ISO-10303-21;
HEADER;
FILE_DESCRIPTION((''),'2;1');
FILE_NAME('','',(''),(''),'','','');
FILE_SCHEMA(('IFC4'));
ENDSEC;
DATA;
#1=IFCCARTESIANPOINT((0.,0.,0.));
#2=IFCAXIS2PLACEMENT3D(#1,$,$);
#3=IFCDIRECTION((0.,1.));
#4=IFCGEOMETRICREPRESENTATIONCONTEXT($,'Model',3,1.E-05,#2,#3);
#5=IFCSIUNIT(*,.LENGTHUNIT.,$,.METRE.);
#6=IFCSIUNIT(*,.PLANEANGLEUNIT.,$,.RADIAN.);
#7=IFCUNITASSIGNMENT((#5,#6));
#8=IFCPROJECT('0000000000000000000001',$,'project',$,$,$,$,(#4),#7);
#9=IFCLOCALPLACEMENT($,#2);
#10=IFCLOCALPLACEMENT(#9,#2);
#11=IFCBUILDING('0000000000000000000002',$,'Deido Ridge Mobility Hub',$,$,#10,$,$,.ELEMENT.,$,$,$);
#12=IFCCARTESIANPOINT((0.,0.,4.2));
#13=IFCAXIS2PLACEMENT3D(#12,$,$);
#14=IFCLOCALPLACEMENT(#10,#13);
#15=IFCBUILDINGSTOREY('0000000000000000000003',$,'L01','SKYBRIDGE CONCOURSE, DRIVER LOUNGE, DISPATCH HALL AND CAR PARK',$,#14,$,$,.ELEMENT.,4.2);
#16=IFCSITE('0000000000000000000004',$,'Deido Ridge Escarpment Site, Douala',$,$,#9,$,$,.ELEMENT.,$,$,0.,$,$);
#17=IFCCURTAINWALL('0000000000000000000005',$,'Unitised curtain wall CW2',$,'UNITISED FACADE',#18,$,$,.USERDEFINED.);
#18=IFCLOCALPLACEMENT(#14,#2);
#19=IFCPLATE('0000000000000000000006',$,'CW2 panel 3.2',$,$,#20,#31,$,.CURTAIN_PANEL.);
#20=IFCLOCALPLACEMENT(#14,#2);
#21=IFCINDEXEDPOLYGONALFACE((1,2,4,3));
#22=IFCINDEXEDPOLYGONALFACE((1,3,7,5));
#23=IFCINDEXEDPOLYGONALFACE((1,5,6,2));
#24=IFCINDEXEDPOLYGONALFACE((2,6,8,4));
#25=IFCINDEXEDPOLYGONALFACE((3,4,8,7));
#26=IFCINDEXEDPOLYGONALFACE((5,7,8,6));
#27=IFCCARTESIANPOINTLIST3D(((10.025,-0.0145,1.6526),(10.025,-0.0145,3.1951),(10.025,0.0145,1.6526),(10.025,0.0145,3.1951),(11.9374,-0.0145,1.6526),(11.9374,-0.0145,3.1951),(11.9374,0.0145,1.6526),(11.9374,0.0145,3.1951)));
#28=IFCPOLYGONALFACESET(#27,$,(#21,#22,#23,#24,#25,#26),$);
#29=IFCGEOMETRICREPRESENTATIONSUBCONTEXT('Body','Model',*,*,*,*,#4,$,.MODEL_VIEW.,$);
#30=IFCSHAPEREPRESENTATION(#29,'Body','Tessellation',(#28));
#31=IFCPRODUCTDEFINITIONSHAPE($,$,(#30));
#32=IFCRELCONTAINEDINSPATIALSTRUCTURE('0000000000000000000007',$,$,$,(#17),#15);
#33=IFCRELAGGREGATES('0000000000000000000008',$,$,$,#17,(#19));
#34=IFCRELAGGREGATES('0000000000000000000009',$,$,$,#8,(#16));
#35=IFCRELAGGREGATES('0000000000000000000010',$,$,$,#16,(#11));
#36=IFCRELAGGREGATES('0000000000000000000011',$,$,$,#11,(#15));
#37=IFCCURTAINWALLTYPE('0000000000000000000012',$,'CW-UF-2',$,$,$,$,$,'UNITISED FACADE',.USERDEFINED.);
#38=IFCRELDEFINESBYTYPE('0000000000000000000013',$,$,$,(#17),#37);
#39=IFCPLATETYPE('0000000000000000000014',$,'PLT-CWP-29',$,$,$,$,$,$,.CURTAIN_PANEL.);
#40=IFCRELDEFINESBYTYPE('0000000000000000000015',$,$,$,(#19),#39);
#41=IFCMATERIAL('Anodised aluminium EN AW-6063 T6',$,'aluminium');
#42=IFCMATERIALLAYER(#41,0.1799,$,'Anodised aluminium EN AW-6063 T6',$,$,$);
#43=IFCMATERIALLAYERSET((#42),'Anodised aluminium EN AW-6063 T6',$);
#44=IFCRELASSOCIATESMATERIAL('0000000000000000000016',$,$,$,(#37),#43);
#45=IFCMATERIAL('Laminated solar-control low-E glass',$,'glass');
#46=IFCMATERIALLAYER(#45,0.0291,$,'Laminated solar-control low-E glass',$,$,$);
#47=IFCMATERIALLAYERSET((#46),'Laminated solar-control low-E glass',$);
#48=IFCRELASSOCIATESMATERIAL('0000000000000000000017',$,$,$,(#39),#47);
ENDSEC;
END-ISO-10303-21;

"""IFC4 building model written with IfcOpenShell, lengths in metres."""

from ifc_helpers import new_model, si_unit, direction, frame, origin, origin_2d, place, context, subcontext, project, spatial, rectangle, extrude, material, layer, layer_set, type_object, element, aggregate, save


model = new_model("IFC4")

# Units and contexts
model_context = context("Model", 3, precision=1e-05, world=origin(), true_north=direction((0.0, 1.0)))
body_context = subcontext(model_context, "Body", "Model", "MODEL_VIEW")
ifc_project = project(units=[si_unit("LENGTHUNIT", "METRE"), si_unit("PLANEANGLEUNIT", "RADIAN")], contexts=[model_context])

# Site, building, storey
site_placement = place(None, origin())
site = spatial("IfcSite", under=ifc_project, at=site_placement, Name="Deido Ridge Escarpment Site, Douala", CompositionType="ELEMENT", RefElevation=0.0)
building_placement = place(site_placement, origin())
building = spatial("IfcBuilding", under=site, at=building_placement, Name="Deido Ridge Mobility Hub", CompositionType="ELEMENT")
storey_placement = place(building_placement, frame((0.0, 0.0, 4.2)))
storey = spatial("IfcBuildingStorey", under=building, at=storey_placement, Name="L01", Description="SKYBRIDGE CONCOURSE, DRIVER LOUNGE, DISPATCH HALL AND CAR PARK", CompositionType="ELEMENT", Elevation=4.2)

# Curtain wall
ifc_material_1 = material(Name="Anodised aluminium EN AW-6063 T6", Category="aluminium")
ifc_layer_1 = layer(ifc_material_1, 0.1799, Name="Anodised aluminium EN AW-6063 T6")
ifc_layer_set_1 = layer_set([ifc_layer_1], Name="Anodised aluminium EN AW-6063 T6")
curtain_wall_type_1 = type_object("IfcCurtainWallType", Name="CW-UF-2", ElementType="UNITISED FACADE", PredefinedType="USERDEFINED", material=ifc_layer_set_1)
curtain_wall_1_placement = place(storey_placement, origin())
curtain_wall_1 = element("IfcCurtainWall", 1, at=curtain_wall_1_placement, inside=storey, type_object=curtain_wall_type_1, Name="Unitised curtain wall CW2", ObjectType="UNITISED FACADE", PredefinedType="USERDEFINED")

# Plate
ifc_material_2 = material(Name="Laminated solar-control low-E glass", Category="glass")
ifc_layer_2 = layer(ifc_material_2, 0.0291, Name="Laminated solar-control low-E glass")
ifc_layer_set_2 = layer_set([ifc_layer_2], Name="Laminated solar-control low-E glass")
plate_type_1 = type_object("IfcPlateType", Name="PLT-CWP-29", PredefinedType="CURTAIN_PANEL", material=ifc_layer_set_2)
plate_1_placement = place(storey_placement, frame((10.9812, 0.0, 1.6526), z_axis=(0.0, 0.0, 1.0), x_axis=(1.0, 0.0, 0.0)))
plate_1 = element("IfcPlate", 2, at=plate_1_placement, type_object=plate_type_1, Name="CW2 panel 3.2", PredefinedType="CURTAIN_PANEL", context=body_context, shape_type="SweptSolid", body=[
    extrude(rectangle(XDim=1.9124, YDim=0.0291, at=origin_2d()), origin(), (0.0, 0.0, 1.0), 1.5425),
])
aggregate(curtain_wall_1, [plate_1])

save(model, "model.ifc")
